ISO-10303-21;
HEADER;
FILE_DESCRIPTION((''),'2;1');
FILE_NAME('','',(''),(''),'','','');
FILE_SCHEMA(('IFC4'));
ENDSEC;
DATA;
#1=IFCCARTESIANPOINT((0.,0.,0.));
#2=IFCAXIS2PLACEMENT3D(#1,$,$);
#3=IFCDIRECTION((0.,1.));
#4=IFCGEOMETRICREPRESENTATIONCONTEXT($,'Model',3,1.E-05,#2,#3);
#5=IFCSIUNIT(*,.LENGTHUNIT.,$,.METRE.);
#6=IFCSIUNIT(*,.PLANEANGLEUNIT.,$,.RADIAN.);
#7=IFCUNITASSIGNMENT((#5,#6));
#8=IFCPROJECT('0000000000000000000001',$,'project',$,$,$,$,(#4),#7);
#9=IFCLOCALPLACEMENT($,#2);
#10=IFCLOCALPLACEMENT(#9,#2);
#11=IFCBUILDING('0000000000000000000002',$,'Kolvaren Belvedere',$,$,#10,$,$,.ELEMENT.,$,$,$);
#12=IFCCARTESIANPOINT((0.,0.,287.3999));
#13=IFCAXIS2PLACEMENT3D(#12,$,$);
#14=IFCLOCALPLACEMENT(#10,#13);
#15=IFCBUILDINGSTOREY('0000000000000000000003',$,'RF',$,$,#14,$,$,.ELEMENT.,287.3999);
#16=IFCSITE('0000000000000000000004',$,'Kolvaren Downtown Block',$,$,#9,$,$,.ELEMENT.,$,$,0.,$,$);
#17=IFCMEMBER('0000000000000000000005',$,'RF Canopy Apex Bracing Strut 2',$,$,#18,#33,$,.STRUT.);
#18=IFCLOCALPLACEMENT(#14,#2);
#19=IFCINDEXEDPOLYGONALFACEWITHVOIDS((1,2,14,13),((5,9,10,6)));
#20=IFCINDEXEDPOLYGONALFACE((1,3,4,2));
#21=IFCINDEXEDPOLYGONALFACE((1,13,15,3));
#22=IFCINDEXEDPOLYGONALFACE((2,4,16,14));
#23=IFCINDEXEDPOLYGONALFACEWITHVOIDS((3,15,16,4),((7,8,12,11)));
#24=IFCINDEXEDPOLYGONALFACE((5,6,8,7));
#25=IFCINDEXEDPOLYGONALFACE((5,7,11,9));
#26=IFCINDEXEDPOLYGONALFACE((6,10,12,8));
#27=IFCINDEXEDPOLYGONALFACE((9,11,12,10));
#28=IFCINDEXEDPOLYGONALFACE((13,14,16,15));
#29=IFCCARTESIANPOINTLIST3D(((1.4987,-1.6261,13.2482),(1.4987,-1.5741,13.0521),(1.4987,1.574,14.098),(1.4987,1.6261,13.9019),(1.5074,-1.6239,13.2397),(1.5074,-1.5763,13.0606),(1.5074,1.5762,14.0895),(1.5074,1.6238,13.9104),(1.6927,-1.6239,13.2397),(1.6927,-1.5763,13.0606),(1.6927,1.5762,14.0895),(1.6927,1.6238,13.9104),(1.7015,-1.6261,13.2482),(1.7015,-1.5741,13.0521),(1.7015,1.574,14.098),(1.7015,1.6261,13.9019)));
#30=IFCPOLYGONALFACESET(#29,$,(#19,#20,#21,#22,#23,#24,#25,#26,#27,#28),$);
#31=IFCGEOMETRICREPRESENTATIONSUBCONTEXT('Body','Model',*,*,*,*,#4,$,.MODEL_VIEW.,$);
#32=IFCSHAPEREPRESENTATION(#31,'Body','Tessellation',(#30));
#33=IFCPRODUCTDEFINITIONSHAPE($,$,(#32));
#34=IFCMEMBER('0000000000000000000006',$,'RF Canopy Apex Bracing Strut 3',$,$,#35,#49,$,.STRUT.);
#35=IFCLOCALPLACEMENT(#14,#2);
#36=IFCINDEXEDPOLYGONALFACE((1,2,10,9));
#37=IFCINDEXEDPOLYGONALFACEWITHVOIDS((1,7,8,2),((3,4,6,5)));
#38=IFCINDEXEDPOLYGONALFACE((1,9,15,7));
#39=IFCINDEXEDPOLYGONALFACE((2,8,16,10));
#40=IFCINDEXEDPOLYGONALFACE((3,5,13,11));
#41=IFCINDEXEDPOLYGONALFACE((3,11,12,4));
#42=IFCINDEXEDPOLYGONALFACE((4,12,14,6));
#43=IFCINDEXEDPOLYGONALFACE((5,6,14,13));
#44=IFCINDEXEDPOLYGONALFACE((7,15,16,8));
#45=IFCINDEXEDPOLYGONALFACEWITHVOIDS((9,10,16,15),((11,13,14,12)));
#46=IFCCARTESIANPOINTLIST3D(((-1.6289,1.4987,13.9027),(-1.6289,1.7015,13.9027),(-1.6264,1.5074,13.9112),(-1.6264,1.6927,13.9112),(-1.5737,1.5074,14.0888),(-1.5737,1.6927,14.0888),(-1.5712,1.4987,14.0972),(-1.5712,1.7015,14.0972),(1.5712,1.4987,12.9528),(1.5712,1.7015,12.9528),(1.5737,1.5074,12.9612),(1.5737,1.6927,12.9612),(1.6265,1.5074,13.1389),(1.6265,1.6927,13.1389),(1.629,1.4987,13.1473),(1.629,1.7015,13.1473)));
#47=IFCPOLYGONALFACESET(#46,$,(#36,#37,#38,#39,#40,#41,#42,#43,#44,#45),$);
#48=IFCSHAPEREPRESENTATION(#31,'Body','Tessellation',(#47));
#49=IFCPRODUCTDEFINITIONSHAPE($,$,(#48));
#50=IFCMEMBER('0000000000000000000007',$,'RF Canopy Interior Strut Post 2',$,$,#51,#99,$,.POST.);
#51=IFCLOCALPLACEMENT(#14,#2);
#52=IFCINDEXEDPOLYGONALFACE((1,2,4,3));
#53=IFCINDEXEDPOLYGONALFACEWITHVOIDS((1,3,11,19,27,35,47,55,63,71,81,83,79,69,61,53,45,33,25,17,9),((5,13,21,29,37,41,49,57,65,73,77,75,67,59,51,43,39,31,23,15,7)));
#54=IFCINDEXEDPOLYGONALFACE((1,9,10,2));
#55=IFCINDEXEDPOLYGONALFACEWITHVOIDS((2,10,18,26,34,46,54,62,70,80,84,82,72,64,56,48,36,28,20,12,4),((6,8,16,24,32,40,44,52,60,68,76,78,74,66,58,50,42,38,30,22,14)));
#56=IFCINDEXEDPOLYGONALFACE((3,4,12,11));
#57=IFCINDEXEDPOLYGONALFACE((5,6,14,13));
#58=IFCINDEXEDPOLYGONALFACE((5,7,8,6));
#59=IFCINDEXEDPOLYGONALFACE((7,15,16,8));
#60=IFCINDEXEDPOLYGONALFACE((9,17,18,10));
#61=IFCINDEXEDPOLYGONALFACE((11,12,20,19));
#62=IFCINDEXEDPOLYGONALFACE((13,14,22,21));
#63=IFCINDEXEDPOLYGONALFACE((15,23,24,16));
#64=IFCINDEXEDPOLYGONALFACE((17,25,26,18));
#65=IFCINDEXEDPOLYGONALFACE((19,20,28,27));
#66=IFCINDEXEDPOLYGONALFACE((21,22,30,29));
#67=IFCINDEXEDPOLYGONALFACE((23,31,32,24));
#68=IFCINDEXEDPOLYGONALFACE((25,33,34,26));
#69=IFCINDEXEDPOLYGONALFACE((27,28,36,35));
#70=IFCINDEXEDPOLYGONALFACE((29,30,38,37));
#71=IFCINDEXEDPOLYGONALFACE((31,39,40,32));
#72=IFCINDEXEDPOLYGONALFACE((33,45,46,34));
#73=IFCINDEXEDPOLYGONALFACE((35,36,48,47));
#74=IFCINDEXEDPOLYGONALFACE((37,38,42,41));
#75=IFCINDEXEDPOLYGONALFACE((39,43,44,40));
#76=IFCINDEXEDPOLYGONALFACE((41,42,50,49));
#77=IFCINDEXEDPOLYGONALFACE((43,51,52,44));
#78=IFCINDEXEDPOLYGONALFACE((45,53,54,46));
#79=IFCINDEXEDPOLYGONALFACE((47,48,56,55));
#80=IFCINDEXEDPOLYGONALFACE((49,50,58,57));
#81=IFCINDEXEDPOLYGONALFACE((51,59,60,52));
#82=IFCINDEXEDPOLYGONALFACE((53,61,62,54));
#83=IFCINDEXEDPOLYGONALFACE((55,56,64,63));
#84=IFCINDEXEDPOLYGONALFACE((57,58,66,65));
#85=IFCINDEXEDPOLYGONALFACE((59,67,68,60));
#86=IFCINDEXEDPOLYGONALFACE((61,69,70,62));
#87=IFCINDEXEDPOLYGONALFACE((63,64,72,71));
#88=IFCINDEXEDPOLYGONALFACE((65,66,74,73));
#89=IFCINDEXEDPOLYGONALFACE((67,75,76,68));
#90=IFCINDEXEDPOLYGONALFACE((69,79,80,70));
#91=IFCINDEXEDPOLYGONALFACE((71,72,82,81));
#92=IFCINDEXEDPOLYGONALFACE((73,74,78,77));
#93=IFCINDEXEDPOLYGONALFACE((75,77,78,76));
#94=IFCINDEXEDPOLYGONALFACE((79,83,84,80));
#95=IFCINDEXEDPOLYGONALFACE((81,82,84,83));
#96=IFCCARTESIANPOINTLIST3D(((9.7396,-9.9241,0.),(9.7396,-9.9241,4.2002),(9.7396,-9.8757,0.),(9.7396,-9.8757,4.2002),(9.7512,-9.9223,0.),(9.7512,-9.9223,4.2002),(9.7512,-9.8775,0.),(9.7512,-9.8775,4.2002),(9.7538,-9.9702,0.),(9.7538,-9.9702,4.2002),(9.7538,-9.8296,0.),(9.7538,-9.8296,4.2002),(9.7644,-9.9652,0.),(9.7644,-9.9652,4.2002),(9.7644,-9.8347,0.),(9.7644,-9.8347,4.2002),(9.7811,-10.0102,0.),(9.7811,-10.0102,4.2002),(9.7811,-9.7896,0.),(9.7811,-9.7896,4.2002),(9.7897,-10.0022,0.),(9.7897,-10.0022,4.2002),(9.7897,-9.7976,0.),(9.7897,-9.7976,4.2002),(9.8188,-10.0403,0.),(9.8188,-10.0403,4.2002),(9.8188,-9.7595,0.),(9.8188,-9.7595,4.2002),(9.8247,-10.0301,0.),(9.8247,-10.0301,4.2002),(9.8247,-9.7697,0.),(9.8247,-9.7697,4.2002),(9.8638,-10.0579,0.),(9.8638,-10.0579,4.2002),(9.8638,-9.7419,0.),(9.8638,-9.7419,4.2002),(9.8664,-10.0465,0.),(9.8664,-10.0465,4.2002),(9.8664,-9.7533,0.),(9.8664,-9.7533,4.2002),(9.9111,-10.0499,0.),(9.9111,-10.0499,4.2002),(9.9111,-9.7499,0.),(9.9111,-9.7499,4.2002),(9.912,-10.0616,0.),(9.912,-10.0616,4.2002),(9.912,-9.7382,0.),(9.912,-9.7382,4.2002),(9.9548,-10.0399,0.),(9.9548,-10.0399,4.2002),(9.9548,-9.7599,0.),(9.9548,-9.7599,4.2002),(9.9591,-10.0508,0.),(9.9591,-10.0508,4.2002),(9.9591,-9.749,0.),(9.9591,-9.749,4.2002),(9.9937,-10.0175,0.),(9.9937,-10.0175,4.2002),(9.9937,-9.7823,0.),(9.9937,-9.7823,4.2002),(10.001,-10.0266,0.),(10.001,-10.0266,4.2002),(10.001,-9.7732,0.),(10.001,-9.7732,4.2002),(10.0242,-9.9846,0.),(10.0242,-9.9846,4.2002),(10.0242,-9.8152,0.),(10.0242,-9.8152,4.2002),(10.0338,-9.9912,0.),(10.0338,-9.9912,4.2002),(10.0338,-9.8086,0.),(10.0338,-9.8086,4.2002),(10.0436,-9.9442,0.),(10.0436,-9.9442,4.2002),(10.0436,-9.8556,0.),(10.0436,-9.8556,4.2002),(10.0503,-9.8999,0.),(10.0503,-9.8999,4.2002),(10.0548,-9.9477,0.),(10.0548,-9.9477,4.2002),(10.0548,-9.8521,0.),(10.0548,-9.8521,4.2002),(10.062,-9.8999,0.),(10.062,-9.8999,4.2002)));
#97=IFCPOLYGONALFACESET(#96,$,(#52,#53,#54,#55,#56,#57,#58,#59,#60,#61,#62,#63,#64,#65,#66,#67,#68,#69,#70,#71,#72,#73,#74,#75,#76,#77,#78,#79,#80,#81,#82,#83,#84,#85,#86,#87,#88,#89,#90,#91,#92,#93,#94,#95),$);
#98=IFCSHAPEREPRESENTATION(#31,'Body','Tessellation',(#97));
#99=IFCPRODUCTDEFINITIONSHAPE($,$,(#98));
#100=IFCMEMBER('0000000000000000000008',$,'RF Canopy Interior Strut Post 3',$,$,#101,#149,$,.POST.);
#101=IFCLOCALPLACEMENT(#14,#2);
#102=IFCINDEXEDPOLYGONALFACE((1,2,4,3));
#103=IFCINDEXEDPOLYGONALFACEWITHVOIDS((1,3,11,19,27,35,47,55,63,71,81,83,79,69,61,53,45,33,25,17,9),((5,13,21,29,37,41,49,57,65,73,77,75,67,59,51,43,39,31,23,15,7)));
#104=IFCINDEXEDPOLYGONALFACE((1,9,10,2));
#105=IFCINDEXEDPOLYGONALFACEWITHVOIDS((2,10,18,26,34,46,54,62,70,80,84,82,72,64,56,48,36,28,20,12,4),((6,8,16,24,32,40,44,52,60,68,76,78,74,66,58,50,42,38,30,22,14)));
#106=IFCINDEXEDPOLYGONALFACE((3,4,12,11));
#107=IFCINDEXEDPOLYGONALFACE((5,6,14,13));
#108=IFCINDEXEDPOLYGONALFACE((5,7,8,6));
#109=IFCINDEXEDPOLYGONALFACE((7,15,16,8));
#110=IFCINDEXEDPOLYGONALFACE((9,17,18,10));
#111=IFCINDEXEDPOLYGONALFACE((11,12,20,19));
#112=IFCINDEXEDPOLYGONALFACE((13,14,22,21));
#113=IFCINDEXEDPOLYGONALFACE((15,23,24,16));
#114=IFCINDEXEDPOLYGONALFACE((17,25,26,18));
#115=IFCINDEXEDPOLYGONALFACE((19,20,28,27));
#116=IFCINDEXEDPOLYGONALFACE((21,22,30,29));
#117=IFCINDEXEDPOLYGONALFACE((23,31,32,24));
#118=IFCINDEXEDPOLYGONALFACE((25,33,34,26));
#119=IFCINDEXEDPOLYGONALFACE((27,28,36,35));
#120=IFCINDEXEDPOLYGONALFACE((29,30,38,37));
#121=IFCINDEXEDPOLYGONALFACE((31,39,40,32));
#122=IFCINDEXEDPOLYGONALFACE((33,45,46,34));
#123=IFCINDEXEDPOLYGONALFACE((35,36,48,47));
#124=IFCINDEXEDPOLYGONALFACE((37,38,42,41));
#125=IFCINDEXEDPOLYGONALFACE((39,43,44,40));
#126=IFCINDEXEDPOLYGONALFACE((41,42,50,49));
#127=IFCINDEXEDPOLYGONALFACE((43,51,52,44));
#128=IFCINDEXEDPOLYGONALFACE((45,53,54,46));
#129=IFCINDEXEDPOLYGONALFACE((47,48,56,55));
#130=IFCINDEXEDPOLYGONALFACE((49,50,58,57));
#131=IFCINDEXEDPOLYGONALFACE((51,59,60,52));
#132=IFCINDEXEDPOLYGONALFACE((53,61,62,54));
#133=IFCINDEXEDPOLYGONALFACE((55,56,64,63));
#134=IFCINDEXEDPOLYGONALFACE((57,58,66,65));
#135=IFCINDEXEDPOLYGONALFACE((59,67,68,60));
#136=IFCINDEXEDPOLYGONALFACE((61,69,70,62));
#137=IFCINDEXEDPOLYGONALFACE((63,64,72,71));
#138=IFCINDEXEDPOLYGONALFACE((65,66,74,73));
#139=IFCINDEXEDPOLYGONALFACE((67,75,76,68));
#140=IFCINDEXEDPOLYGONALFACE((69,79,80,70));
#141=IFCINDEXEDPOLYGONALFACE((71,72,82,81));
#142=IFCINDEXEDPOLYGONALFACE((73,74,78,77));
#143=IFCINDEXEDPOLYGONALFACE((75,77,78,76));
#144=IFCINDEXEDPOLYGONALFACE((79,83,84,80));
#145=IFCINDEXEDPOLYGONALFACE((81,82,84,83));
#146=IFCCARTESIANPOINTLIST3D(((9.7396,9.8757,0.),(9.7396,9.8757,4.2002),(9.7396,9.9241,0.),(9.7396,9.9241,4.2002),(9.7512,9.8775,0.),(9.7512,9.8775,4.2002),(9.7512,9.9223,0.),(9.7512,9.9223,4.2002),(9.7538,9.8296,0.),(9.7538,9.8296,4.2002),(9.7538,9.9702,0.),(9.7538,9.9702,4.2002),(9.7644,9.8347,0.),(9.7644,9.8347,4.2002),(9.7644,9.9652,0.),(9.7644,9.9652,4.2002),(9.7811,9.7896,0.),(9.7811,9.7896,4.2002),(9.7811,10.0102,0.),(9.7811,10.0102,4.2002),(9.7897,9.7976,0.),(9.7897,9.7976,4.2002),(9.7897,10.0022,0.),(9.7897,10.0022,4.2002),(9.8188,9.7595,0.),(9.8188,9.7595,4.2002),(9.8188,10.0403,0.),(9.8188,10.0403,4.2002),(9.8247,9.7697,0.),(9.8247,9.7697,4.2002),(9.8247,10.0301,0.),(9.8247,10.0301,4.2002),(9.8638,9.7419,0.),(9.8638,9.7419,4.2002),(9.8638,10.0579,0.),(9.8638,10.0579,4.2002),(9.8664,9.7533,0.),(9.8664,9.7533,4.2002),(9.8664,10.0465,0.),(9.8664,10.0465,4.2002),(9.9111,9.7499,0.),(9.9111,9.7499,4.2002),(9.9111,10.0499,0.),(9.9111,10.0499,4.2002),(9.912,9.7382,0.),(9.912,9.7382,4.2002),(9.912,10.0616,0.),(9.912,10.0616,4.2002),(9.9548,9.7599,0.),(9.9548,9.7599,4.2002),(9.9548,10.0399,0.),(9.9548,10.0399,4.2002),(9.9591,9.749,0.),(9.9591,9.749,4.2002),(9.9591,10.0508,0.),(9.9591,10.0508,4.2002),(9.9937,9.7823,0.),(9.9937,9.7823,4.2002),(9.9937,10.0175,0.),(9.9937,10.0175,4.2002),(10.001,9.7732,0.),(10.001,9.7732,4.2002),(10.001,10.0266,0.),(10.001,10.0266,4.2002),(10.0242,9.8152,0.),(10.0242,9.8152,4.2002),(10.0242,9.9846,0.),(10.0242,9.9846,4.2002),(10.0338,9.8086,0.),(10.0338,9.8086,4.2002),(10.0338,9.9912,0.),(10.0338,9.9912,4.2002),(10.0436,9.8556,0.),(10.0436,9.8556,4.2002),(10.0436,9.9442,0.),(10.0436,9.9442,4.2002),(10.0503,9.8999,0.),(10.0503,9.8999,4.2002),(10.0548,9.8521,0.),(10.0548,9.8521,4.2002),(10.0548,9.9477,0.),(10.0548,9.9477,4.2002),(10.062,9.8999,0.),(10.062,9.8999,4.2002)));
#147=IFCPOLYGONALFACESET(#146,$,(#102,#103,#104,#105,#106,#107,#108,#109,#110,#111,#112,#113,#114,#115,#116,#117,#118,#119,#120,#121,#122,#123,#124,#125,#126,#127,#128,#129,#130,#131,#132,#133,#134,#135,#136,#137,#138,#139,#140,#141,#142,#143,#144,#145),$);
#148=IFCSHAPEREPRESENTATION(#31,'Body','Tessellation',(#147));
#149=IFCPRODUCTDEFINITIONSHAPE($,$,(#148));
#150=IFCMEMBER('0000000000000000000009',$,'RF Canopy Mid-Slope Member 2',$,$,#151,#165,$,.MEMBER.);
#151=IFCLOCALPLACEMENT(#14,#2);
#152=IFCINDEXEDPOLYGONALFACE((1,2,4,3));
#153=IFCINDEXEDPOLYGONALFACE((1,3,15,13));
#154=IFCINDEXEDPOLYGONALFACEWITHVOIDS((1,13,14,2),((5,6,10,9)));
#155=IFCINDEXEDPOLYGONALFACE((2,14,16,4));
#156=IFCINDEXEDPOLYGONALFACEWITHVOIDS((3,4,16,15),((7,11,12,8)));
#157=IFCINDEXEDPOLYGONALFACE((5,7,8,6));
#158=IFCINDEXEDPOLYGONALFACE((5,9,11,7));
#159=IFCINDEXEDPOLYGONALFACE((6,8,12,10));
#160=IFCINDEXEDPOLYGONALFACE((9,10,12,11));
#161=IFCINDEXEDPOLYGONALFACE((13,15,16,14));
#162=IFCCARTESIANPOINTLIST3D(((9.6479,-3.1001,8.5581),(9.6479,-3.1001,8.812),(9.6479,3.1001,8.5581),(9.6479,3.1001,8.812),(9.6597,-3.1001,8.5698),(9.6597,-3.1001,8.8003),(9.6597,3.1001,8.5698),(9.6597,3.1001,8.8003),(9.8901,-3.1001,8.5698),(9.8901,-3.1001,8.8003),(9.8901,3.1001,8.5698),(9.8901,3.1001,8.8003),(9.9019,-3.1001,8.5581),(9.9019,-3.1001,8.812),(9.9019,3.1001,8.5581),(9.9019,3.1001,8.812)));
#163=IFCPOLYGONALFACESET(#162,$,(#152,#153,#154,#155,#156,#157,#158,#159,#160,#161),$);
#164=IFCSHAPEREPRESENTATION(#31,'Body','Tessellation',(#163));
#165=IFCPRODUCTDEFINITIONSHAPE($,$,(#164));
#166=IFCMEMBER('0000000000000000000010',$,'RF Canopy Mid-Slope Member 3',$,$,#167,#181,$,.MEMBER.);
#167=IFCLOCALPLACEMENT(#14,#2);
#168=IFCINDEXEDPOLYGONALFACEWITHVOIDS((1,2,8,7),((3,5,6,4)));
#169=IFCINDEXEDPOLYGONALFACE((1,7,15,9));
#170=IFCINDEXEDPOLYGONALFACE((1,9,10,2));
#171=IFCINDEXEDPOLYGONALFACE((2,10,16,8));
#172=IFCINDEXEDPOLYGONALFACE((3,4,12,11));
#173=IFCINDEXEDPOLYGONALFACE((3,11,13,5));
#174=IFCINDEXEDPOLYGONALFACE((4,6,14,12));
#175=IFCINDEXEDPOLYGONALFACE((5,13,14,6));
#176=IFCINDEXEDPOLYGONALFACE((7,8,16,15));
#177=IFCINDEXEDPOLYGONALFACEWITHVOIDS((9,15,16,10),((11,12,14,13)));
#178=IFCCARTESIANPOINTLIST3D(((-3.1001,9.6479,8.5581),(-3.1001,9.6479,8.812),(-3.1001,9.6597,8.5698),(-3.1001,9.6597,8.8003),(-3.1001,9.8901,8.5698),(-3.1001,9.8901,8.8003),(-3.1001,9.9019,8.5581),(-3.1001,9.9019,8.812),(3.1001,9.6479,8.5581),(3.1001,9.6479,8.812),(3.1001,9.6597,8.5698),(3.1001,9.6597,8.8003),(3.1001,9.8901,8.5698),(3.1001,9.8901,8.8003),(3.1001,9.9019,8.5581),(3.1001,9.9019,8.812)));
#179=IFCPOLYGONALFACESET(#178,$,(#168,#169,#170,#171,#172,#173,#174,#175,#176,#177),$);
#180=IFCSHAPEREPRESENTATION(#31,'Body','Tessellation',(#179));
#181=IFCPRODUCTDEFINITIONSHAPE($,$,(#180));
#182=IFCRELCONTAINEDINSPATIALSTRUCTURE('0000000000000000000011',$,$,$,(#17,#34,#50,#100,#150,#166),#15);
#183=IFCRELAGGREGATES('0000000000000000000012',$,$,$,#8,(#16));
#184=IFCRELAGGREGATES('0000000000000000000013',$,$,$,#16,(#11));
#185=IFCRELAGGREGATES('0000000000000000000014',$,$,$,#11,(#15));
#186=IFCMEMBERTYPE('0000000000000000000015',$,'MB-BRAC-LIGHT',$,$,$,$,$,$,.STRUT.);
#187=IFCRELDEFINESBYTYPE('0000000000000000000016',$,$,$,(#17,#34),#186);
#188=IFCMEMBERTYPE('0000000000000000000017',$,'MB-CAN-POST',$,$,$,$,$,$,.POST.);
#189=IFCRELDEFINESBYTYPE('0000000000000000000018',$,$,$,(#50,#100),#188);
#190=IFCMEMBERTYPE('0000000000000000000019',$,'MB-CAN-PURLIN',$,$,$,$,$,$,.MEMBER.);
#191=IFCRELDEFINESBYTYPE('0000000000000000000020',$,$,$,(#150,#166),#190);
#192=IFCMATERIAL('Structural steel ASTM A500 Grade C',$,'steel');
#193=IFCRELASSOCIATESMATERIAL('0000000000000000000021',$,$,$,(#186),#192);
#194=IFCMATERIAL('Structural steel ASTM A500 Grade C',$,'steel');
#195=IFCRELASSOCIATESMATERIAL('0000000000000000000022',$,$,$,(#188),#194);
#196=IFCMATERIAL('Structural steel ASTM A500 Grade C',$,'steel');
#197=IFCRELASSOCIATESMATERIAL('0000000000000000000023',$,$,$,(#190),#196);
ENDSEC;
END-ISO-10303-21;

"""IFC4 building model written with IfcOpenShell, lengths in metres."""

from ifc_helpers import new_model, si_unit, direction, frame, origin, origin_2d, place, context, subcontext, project, spatial, hollow_rectangle, hollow_circle, extrude, material, material_profile, profile_set, type_object, element, save


model = new_model("IFC4")

# Units and contexts
model_context = context("Model", 3, precision=1e-05, world=origin(), true_north=direction((0.0, 1.0)))
body_context = subcontext(model_context, "Body", "Model", "MODEL_VIEW")
ifc_project = project(units=[si_unit("LENGTHUNIT", "METRE"), si_unit("PLANEANGLEUNIT", "RADIAN")], contexts=[model_context])

# Site, building, storey
site_placement = place(None, origin())
site = spatial("IfcSite", under=ifc_project, at=site_placement, Name="Kolvaren Downtown Block", CompositionType="ELEMENT", RefElevation=0.0)
building_placement = place(site_placement, origin())
building = spatial("IfcBuilding", under=site, at=building_placement, Name="Kolvaren Belvedere", CompositionType="ELEMENT")
storey_placement = place(building_placement, frame((0.0, 0.0, 287.3999)))
storey = spatial("IfcBuildingStorey", under=building, at=storey_placement, Name="RF", CompositionType="ELEMENT", Elevation=287.3999)

# Members
ifc_material_1 = material(Name="Structural steel ASTM A500 Grade C", Category="steel")
ifc_material_profile_1 = material_profile(ifc_material_1, hollow_rectangle(XDim=0.2029, YDim=0.2029, WallThickness=0.0088, at=origin_2d()), Name="HSS8X8X3/8")
ifc_profile_set_1 = profile_set([ifc_material_profile_1], Name="Structural steel ASTM A500 Grade C")
member_type_1 = type_object("IfcMemberType", Name="MB-BRAC-LIGHT", PredefinedType="STRUT", material=ifc_profile_set_1)
member_1_placement = place(storey_placement, frame((1.6001, -1.6001, 13.1501), z_axis=(0.0, 0.9665, 0.256667), x_axis=(-1.0, 0.0, 0.0)))
element("IfcMember", 1, at=member_1_placement, inside=storey, type_object=member_type_1, Name="RF Canopy Apex Bracing Strut 2", PredefinedType="STRUT", context=body_context, shape_type="SweptSolid", body=[
    extrude(hollow_rectangle(XDim=0.2029, YDim=0.2029, WallThickness=0.0088, at=origin_2d()), origin(), (0.0, 0.0, 1.0), 3.311),
])
member_2_placement = place(storey_placement, frame((1.6001, 1.6001, 13.05), z_axis=(-0.958656, 0.0, 0.284569), x_axis=(0.0, -1.0, 0.0)))
element("IfcMember", 2, at=member_2_placement, inside=storey, type_object=member_type_1, Name="RF Canopy Apex Bracing Strut 3", PredefinedType="STRUT", context=body_context, shape_type="SweptSolid", body=[
    extrude(hollow_rectangle(XDim=0.2029, YDim=0.2029, WallThickness=0.0088, at=origin_2d()), origin(), (0.0, 0.0, 1.0), 3.3381),
])
ifc_material_2 = material(Name="Structural steel ASTM A500 Grade C", Category="steel")
ifc_material_profile_2 = material_profile(ifc_material_2, hollow_circle(Radius=0.1621, WallThickness=0.0117, at=origin_2d()), Name="HSS12.750X0.500")
ifc_profile_set_2 = profile_set([ifc_material_profile_2], Name="Structural steel ASTM A500 Grade C")
member_type_2 = type_object("IfcMemberType", Name="MB-CAN-POST", PredefinedType="POST", material=ifc_profile_set_2)
for number, where, z_axis, x_axis, name in (
    (3, (9.8999, -9.8999, 0.0), (0.0, 0.0, 1.0), (1.0, 0.0, 0.0), "RF Canopy Interior Strut Post 2"),
    (4, (9.8999, 9.8999, 0.0), (0.0, 0.0, 1.0), (1.0, 0.0, 0.0), "RF Canopy Interior Strut Post 3"),
):
    element("IfcMember", number, at=place(storey_placement, frame(where, z_axis=z_axis, x_axis=x_axis)), inside=storey, type_object=member_type_2, Name=name, PredefinedType="POST", context=body_context, shape_type="SweptSolid", body=[
        extrude(hollow_circle(Radius=0.1621, WallThickness=0.0117, at=origin_2d()), origin(), (0.0, 0.0, 1.0), 4.2002),
    ])
ifc_material_3 = material(Name="Structural steel ASTM A500 Grade C", Category="steel")
ifc_material_profile_3 = material_profile(ifc_material_3, hollow_rectangle(XDim=0.2539, YDim=0.2539, WallThickness=0.0117, at=origin_2d()), Name="HSS10X10X1/2")
ifc_profile_set_3 = profile_set([ifc_material_profile_3], Name="Structural steel ASTM A500 Grade C")
member_type_3 = type_object("IfcMemberType", Name="MB-CAN-PURLIN", PredefinedType="MEMBER", material=ifc_profile_set_3)
for number, where, z_axis, x_axis, name in (
    (5, (9.7749, -3.1001, 8.6851), (0.0, 1.0, 0.0), (-1.0, 0.0, 0.0), "RF Canopy Mid-Slope Member 2"),
    (6, (3.1001, 9.7749, 8.6851), (-1.0, 0.0, 0.0), (0.0, -1.0, 0.0), "RF Canopy Mid-Slope Member 3"),
):
    element("IfcMember", number, at=place(storey_placement, frame(where, z_axis=z_axis, x_axis=x_axis)), inside=storey, type_object=member_type_3, Name=name, PredefinedType="MEMBER", context=body_context, shape_type="SweptSolid", body=[
        extrude(hollow_rectangle(XDim=0.2539, YDim=0.2539, WallThickness=0.0117, at=origin_2d()), origin(), (0.0, 0.0, 1.0), 6.2002),
    ])

save(model, "model.ifc")
